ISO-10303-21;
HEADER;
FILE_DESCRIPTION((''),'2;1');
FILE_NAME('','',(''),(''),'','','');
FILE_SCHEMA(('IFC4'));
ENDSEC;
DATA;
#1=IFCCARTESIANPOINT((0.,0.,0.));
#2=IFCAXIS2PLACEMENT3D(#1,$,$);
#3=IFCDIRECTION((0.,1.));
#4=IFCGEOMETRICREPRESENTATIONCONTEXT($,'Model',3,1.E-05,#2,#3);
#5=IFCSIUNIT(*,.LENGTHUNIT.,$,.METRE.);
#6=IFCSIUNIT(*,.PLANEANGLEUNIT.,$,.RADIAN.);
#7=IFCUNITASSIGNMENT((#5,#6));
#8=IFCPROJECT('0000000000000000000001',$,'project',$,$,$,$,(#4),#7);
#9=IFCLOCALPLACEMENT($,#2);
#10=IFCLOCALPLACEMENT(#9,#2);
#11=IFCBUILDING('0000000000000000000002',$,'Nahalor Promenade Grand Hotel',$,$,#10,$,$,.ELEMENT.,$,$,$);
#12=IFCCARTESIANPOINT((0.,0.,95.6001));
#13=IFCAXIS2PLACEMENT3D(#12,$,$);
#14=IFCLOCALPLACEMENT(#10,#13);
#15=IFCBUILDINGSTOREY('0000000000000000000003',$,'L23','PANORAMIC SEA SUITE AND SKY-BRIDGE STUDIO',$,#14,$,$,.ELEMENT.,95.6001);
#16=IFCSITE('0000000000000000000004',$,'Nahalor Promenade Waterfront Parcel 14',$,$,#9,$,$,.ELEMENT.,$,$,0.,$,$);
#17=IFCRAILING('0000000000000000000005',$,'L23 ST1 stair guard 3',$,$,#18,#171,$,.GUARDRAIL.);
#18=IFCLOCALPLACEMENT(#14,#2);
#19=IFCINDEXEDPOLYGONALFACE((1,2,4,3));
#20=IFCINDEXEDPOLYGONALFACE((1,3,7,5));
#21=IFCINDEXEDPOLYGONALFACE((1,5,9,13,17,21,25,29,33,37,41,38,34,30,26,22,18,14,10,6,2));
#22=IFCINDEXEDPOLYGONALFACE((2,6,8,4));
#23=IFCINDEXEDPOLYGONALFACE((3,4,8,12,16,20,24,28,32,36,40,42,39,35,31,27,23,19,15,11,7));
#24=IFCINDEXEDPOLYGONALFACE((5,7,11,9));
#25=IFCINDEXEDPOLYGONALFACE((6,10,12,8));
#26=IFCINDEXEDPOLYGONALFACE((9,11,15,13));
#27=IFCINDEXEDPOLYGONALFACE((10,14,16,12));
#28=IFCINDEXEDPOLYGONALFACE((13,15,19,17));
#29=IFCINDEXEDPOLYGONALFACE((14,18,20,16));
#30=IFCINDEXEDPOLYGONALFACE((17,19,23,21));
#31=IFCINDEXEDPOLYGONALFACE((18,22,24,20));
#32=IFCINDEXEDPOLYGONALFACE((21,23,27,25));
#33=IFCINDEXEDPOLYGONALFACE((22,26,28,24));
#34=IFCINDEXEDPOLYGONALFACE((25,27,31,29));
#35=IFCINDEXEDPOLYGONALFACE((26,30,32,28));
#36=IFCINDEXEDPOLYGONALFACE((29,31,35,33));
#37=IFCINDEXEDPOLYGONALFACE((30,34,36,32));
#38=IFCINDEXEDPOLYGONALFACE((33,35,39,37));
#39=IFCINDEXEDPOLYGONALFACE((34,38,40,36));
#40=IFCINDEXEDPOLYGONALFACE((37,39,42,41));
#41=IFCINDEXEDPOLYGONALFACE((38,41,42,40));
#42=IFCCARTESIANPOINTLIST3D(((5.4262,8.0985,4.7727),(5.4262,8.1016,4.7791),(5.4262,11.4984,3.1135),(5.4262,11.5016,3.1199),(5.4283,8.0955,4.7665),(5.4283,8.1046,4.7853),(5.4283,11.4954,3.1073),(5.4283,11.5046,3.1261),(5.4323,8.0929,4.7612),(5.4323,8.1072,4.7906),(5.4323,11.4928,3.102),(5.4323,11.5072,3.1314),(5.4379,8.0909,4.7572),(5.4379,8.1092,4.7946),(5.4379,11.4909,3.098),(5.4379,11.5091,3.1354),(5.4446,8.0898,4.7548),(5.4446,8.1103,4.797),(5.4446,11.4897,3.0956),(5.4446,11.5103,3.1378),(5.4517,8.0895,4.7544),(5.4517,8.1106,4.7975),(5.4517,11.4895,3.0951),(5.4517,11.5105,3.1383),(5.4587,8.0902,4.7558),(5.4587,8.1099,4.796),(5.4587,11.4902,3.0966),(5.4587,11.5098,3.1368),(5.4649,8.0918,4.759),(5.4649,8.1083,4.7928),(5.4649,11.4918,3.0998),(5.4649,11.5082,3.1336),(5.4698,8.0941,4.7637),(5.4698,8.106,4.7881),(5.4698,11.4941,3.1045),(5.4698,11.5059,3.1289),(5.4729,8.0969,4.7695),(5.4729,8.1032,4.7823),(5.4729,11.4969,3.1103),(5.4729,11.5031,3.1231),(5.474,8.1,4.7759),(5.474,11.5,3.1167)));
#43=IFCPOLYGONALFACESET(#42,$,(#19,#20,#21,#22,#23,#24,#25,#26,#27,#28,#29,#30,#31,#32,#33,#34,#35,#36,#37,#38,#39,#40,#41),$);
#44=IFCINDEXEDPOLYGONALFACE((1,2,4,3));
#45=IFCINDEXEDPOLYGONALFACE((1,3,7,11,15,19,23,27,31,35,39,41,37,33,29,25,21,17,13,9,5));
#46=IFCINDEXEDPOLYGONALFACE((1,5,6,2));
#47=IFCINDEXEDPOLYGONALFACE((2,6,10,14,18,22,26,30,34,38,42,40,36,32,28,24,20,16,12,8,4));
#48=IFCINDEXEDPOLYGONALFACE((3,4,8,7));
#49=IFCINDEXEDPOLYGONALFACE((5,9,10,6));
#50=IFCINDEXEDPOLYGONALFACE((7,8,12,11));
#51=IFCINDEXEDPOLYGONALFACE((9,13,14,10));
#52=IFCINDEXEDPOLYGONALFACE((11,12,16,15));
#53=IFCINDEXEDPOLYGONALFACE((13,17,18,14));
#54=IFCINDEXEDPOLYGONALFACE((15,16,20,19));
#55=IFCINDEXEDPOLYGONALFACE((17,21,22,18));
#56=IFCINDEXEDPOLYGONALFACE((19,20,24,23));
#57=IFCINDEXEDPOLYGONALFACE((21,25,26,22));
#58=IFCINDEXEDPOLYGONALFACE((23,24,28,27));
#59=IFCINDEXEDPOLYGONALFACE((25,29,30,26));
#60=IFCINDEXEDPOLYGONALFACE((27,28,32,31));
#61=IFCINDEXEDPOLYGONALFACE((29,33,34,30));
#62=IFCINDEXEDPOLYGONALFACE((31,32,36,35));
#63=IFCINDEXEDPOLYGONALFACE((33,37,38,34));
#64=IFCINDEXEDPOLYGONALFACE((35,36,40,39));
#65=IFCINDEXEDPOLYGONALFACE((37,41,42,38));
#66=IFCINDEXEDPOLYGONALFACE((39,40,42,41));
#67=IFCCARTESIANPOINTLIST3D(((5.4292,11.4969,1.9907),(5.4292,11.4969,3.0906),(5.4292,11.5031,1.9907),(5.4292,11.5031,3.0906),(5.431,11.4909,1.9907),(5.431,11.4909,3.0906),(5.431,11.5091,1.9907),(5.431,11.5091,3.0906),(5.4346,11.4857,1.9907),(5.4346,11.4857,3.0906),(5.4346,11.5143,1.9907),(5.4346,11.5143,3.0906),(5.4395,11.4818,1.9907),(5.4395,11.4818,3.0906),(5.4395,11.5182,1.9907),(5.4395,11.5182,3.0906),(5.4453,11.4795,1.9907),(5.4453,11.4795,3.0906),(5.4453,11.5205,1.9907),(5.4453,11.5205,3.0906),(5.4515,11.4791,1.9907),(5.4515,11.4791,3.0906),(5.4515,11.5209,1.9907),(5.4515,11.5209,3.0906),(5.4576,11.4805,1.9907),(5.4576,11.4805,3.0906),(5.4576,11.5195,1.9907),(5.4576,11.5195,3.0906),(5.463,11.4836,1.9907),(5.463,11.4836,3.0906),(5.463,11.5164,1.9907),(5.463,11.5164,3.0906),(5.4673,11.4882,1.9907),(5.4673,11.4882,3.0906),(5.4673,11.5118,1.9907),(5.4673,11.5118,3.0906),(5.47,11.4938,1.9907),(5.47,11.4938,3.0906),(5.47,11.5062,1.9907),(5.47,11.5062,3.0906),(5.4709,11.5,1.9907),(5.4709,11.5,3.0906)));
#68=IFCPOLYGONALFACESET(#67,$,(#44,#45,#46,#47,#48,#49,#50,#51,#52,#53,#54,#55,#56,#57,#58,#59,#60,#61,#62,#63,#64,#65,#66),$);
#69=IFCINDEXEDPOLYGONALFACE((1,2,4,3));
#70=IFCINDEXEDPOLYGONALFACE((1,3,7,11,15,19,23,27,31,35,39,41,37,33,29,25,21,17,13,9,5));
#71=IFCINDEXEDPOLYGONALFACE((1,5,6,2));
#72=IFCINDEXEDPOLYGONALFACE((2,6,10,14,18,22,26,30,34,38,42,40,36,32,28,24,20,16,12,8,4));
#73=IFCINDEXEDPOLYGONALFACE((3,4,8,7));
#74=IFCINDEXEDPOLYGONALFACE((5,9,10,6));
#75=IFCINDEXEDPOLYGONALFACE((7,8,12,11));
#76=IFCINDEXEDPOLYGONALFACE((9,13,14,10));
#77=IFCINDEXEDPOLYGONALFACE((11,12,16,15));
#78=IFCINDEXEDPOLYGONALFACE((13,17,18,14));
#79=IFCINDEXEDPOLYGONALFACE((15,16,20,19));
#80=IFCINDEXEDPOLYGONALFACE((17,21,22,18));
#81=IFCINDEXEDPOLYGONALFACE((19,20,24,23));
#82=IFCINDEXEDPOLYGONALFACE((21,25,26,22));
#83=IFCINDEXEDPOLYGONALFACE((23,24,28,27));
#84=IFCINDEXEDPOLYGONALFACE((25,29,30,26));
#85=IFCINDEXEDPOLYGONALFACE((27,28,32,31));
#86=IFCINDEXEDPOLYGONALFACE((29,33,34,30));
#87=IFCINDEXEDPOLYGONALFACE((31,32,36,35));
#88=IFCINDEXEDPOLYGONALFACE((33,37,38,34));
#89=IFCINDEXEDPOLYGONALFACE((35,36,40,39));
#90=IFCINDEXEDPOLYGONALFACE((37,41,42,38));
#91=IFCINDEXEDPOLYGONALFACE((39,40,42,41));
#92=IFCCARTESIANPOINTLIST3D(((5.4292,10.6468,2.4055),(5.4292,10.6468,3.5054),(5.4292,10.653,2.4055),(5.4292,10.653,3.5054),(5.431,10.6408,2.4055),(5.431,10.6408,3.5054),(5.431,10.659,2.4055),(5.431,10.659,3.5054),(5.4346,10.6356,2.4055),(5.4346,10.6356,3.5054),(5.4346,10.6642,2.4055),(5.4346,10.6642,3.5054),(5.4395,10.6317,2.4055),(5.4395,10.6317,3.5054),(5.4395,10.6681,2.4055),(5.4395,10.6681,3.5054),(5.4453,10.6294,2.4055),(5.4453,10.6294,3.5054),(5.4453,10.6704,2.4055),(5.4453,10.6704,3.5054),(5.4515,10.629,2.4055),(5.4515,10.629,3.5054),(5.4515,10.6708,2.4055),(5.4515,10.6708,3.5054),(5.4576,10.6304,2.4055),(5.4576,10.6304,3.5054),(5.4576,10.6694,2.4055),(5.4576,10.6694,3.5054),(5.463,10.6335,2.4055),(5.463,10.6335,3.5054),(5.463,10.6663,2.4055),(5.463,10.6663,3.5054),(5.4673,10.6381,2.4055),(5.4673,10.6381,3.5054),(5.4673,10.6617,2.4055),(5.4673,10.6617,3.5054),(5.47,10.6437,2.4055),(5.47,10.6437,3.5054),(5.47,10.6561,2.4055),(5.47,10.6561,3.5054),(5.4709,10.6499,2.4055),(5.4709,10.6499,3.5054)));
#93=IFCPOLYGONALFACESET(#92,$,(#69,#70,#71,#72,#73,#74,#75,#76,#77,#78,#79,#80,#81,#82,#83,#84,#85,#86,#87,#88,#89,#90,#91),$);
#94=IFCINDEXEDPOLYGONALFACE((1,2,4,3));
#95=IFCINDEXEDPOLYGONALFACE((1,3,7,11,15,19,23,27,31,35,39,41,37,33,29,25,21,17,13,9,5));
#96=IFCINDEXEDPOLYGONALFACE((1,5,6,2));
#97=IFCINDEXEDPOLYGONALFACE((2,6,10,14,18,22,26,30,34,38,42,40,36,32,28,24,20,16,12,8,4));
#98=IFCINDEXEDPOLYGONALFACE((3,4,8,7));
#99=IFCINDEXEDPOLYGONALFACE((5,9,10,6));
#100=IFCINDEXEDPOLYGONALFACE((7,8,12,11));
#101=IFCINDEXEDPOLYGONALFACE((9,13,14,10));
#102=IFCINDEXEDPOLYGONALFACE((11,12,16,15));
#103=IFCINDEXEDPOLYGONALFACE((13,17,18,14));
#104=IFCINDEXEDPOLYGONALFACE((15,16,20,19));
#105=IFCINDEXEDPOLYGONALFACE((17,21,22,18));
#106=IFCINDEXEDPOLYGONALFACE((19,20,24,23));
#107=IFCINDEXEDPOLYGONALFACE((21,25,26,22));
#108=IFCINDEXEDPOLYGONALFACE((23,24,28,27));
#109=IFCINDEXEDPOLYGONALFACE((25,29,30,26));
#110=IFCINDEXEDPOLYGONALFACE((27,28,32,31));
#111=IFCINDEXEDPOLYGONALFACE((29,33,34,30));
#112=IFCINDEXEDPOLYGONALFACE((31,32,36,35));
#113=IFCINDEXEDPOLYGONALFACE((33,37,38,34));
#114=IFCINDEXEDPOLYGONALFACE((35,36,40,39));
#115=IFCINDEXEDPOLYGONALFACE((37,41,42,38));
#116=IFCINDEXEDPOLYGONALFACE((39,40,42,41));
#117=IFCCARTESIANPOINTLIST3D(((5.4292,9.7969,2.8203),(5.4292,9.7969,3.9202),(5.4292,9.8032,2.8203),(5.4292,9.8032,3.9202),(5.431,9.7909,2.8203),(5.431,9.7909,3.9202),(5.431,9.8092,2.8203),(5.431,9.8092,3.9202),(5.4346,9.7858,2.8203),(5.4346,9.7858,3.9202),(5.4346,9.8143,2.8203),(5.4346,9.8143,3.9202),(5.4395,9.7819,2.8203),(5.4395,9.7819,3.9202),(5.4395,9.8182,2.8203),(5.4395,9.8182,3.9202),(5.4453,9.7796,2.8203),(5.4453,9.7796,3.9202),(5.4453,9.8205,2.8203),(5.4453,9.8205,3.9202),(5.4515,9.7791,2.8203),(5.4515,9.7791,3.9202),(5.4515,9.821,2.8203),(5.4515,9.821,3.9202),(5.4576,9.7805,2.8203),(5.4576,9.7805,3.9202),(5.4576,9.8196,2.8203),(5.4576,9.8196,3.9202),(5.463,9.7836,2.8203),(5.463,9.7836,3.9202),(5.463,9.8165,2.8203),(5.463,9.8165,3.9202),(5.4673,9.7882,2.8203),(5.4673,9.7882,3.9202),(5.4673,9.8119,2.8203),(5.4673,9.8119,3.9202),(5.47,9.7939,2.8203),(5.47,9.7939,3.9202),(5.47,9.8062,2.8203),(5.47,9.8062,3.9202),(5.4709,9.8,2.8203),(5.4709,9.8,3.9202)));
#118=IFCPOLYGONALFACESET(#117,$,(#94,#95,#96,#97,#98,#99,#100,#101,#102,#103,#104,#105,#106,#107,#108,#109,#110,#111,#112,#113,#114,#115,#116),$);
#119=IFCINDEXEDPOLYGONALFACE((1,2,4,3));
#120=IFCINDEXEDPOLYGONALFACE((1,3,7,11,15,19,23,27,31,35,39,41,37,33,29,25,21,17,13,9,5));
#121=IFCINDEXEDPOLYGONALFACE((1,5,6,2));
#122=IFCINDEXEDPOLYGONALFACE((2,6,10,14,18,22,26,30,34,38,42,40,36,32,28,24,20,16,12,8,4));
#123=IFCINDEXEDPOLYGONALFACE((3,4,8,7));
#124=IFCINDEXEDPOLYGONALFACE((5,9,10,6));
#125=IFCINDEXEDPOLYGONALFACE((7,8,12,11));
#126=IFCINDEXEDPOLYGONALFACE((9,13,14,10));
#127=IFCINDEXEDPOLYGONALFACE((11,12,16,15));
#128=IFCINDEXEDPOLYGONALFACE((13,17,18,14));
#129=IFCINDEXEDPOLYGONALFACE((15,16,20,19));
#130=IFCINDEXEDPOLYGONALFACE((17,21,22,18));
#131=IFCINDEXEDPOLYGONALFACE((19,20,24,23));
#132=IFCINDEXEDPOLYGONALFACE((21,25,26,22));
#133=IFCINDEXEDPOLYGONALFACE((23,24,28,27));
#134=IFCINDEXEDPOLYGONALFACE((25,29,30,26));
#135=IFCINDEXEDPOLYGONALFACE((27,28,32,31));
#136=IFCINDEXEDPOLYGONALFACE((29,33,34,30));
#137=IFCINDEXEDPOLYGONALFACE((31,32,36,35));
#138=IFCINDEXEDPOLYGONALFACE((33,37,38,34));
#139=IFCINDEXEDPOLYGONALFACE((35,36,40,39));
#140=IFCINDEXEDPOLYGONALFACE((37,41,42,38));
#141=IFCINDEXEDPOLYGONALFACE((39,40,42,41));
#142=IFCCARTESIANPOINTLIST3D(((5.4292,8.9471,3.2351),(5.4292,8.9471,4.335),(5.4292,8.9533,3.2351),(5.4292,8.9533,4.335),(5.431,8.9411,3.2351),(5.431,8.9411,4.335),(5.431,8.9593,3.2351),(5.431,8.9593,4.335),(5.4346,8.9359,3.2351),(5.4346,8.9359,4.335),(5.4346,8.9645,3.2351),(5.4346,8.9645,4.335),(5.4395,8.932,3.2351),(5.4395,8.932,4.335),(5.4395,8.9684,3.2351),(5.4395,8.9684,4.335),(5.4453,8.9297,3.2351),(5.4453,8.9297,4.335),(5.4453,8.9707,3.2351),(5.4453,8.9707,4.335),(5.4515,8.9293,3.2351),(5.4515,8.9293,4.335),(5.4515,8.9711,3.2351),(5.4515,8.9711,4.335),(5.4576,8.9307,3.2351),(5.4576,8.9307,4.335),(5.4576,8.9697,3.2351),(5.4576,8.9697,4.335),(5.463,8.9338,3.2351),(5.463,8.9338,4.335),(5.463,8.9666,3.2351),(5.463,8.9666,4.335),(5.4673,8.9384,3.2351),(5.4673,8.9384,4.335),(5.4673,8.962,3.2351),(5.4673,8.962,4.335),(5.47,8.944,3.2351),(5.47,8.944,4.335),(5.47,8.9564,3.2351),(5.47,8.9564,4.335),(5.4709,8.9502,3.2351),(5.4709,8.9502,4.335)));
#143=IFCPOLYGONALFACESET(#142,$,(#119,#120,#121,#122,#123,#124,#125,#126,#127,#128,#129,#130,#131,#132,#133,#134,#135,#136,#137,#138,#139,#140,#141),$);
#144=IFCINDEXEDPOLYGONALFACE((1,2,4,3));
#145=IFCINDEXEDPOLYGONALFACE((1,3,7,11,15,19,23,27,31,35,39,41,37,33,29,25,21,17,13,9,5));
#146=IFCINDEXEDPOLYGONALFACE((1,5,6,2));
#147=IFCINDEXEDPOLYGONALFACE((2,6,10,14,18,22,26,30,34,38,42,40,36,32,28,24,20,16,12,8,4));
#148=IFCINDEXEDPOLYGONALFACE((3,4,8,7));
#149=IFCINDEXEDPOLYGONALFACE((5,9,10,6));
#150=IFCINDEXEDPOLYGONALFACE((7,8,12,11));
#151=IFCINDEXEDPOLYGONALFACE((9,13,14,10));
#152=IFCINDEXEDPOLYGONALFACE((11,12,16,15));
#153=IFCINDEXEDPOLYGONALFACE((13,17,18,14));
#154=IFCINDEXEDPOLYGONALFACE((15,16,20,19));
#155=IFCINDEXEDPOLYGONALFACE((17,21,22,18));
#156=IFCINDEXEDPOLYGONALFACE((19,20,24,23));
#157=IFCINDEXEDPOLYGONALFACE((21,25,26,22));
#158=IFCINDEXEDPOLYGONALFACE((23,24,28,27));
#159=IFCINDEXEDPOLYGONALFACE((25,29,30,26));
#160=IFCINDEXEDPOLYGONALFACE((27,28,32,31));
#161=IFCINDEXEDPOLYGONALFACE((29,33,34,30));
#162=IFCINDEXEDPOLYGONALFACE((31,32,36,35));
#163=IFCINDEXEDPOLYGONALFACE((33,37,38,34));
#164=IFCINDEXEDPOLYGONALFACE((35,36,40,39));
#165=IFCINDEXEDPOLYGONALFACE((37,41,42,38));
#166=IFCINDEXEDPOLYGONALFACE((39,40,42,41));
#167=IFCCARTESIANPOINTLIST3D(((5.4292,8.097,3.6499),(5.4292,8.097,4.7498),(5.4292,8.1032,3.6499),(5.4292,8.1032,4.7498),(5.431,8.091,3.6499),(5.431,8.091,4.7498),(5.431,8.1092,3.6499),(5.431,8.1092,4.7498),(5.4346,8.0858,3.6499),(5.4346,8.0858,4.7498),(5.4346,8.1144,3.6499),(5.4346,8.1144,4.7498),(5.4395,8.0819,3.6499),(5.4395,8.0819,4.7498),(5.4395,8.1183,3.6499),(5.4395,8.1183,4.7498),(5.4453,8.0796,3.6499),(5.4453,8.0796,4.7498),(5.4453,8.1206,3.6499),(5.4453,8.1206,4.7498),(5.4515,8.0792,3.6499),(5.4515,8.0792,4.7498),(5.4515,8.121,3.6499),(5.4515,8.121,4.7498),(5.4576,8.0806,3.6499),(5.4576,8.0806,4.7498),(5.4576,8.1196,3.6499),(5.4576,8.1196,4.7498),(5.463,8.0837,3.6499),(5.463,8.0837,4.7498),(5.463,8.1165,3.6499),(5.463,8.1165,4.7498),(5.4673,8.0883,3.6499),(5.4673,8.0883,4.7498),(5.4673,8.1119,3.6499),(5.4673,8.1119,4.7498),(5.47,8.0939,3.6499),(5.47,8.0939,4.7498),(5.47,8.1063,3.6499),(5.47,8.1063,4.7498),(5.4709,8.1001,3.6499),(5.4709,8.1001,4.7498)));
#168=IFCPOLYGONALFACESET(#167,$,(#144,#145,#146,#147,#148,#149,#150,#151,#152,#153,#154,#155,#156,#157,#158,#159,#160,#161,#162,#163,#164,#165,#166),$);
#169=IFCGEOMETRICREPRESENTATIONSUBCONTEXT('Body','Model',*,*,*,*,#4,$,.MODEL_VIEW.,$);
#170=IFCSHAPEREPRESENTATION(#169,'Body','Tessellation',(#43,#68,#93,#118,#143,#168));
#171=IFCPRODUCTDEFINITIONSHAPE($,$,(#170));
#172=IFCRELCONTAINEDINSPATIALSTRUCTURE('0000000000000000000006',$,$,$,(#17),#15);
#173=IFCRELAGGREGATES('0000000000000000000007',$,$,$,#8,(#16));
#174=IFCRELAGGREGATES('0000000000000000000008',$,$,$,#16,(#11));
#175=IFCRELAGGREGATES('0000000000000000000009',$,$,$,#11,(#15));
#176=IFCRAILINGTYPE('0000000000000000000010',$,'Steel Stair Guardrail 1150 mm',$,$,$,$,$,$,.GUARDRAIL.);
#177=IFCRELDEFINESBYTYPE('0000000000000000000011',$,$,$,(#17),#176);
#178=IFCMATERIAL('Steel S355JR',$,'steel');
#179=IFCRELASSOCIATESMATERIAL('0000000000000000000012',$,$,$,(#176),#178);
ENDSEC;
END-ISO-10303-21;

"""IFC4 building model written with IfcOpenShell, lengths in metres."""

from ifc_helpers import new_model, si_unit, direction, frame, origin, origin_2d, place, context, subcontext, project, spatial, circle, extrude, material, type_object, element, save


model = new_model("IFC4")

# Units and contexts
model_context = context("Model", 3, precision=1e-05, world=origin(), true_north=direction((0.0, 1.0)))
body_context = subcontext(model_context, "Body", "Model", "MODEL_VIEW")
ifc_project = project(units=[si_unit("LENGTHUNIT", "METRE"), si_unit("PLANEANGLEUNIT", "RADIAN")], contexts=[model_context])

# Site, building, storey
site_placement = place(None, origin())
site = spatial("IfcSite", under=ifc_project, at=site_placement, Name="Nahalor Promenade Waterfront Parcel 14", CompositionType="ELEMENT", RefElevation=0.0)
building_placement = place(site_placement, origin())
building = spatial("IfcBuilding", under=site, at=building_placement, Name="Nahalor Promenade Grand Hotel", CompositionType="ELEMENT")
storey_placement = place(building_placement, frame((0.0, 0.0, 95.6001)))
storey = spatial("IfcBuildingStorey", under=building, at=storey_placement, Name="L23", Description="PANORAMIC SEA SUITE AND SKY-BRIDGE STUDIO", CompositionType="ELEMENT", Elevation=95.6001)

# Shared definitions
ifc_material_1 = material(Name="Steel S355JR", Category="steel")

# Railing
railing_type_1 = type_object("IfcRailingType", Name="Steel Stair Guardrail 1150 mm", PredefinedType="GUARDRAIL", material=ifc_material_1)
railing_1_placement = place(storey_placement, frame((5.45, 11.5, 1.9907)))
element("IfcRailing", 1, at=railing_1_placement, inside=storey, type_object=railing_type_1, Name="L23 ST1 stair guard 3", PredefinedType="GUARDRAIL", context=body_context, shape_type="SweptSolid", body=[
    extrude(circle(Radius=0.024, at=origin_2d()), frame((0.0, 0.0, 1.126), z_axis=(0.0, -0.898696, 0.438571), x_axis=(1.0, 0.0, 0.0)), (0.0, 0.0, 1.0), 3.7832),
    extrude(circle(Radius=0.021, at=origin_2d()), origin(), (0.0, 0.0, 1.0), 1.0999),
    extrude(circle(Radius=0.021, at=origin_2d()), frame((0.0, -0.8501, 0.4148)), (0.0, 0.0, 1.0), 1.0999),
    extrude(circle(Radius=0.021, at=origin_2d()), frame((0.0, -1.7, 0.8296)), (0.0, 0.0, 1.0), 1.0999),
    extrude(circle(Radius=0.021, at=origin_2d()), frame((0.0, -2.5498, 1.2444)), (0.0, 0.0, 1.0), 1.0999),
    extrude(circle(Radius=0.021, at=origin_2d()), frame((0.0, -3.3999, 1.6592)), (0.0, 0.0, 1.0), 1.0999),
])

save(model, "model.ifc")
